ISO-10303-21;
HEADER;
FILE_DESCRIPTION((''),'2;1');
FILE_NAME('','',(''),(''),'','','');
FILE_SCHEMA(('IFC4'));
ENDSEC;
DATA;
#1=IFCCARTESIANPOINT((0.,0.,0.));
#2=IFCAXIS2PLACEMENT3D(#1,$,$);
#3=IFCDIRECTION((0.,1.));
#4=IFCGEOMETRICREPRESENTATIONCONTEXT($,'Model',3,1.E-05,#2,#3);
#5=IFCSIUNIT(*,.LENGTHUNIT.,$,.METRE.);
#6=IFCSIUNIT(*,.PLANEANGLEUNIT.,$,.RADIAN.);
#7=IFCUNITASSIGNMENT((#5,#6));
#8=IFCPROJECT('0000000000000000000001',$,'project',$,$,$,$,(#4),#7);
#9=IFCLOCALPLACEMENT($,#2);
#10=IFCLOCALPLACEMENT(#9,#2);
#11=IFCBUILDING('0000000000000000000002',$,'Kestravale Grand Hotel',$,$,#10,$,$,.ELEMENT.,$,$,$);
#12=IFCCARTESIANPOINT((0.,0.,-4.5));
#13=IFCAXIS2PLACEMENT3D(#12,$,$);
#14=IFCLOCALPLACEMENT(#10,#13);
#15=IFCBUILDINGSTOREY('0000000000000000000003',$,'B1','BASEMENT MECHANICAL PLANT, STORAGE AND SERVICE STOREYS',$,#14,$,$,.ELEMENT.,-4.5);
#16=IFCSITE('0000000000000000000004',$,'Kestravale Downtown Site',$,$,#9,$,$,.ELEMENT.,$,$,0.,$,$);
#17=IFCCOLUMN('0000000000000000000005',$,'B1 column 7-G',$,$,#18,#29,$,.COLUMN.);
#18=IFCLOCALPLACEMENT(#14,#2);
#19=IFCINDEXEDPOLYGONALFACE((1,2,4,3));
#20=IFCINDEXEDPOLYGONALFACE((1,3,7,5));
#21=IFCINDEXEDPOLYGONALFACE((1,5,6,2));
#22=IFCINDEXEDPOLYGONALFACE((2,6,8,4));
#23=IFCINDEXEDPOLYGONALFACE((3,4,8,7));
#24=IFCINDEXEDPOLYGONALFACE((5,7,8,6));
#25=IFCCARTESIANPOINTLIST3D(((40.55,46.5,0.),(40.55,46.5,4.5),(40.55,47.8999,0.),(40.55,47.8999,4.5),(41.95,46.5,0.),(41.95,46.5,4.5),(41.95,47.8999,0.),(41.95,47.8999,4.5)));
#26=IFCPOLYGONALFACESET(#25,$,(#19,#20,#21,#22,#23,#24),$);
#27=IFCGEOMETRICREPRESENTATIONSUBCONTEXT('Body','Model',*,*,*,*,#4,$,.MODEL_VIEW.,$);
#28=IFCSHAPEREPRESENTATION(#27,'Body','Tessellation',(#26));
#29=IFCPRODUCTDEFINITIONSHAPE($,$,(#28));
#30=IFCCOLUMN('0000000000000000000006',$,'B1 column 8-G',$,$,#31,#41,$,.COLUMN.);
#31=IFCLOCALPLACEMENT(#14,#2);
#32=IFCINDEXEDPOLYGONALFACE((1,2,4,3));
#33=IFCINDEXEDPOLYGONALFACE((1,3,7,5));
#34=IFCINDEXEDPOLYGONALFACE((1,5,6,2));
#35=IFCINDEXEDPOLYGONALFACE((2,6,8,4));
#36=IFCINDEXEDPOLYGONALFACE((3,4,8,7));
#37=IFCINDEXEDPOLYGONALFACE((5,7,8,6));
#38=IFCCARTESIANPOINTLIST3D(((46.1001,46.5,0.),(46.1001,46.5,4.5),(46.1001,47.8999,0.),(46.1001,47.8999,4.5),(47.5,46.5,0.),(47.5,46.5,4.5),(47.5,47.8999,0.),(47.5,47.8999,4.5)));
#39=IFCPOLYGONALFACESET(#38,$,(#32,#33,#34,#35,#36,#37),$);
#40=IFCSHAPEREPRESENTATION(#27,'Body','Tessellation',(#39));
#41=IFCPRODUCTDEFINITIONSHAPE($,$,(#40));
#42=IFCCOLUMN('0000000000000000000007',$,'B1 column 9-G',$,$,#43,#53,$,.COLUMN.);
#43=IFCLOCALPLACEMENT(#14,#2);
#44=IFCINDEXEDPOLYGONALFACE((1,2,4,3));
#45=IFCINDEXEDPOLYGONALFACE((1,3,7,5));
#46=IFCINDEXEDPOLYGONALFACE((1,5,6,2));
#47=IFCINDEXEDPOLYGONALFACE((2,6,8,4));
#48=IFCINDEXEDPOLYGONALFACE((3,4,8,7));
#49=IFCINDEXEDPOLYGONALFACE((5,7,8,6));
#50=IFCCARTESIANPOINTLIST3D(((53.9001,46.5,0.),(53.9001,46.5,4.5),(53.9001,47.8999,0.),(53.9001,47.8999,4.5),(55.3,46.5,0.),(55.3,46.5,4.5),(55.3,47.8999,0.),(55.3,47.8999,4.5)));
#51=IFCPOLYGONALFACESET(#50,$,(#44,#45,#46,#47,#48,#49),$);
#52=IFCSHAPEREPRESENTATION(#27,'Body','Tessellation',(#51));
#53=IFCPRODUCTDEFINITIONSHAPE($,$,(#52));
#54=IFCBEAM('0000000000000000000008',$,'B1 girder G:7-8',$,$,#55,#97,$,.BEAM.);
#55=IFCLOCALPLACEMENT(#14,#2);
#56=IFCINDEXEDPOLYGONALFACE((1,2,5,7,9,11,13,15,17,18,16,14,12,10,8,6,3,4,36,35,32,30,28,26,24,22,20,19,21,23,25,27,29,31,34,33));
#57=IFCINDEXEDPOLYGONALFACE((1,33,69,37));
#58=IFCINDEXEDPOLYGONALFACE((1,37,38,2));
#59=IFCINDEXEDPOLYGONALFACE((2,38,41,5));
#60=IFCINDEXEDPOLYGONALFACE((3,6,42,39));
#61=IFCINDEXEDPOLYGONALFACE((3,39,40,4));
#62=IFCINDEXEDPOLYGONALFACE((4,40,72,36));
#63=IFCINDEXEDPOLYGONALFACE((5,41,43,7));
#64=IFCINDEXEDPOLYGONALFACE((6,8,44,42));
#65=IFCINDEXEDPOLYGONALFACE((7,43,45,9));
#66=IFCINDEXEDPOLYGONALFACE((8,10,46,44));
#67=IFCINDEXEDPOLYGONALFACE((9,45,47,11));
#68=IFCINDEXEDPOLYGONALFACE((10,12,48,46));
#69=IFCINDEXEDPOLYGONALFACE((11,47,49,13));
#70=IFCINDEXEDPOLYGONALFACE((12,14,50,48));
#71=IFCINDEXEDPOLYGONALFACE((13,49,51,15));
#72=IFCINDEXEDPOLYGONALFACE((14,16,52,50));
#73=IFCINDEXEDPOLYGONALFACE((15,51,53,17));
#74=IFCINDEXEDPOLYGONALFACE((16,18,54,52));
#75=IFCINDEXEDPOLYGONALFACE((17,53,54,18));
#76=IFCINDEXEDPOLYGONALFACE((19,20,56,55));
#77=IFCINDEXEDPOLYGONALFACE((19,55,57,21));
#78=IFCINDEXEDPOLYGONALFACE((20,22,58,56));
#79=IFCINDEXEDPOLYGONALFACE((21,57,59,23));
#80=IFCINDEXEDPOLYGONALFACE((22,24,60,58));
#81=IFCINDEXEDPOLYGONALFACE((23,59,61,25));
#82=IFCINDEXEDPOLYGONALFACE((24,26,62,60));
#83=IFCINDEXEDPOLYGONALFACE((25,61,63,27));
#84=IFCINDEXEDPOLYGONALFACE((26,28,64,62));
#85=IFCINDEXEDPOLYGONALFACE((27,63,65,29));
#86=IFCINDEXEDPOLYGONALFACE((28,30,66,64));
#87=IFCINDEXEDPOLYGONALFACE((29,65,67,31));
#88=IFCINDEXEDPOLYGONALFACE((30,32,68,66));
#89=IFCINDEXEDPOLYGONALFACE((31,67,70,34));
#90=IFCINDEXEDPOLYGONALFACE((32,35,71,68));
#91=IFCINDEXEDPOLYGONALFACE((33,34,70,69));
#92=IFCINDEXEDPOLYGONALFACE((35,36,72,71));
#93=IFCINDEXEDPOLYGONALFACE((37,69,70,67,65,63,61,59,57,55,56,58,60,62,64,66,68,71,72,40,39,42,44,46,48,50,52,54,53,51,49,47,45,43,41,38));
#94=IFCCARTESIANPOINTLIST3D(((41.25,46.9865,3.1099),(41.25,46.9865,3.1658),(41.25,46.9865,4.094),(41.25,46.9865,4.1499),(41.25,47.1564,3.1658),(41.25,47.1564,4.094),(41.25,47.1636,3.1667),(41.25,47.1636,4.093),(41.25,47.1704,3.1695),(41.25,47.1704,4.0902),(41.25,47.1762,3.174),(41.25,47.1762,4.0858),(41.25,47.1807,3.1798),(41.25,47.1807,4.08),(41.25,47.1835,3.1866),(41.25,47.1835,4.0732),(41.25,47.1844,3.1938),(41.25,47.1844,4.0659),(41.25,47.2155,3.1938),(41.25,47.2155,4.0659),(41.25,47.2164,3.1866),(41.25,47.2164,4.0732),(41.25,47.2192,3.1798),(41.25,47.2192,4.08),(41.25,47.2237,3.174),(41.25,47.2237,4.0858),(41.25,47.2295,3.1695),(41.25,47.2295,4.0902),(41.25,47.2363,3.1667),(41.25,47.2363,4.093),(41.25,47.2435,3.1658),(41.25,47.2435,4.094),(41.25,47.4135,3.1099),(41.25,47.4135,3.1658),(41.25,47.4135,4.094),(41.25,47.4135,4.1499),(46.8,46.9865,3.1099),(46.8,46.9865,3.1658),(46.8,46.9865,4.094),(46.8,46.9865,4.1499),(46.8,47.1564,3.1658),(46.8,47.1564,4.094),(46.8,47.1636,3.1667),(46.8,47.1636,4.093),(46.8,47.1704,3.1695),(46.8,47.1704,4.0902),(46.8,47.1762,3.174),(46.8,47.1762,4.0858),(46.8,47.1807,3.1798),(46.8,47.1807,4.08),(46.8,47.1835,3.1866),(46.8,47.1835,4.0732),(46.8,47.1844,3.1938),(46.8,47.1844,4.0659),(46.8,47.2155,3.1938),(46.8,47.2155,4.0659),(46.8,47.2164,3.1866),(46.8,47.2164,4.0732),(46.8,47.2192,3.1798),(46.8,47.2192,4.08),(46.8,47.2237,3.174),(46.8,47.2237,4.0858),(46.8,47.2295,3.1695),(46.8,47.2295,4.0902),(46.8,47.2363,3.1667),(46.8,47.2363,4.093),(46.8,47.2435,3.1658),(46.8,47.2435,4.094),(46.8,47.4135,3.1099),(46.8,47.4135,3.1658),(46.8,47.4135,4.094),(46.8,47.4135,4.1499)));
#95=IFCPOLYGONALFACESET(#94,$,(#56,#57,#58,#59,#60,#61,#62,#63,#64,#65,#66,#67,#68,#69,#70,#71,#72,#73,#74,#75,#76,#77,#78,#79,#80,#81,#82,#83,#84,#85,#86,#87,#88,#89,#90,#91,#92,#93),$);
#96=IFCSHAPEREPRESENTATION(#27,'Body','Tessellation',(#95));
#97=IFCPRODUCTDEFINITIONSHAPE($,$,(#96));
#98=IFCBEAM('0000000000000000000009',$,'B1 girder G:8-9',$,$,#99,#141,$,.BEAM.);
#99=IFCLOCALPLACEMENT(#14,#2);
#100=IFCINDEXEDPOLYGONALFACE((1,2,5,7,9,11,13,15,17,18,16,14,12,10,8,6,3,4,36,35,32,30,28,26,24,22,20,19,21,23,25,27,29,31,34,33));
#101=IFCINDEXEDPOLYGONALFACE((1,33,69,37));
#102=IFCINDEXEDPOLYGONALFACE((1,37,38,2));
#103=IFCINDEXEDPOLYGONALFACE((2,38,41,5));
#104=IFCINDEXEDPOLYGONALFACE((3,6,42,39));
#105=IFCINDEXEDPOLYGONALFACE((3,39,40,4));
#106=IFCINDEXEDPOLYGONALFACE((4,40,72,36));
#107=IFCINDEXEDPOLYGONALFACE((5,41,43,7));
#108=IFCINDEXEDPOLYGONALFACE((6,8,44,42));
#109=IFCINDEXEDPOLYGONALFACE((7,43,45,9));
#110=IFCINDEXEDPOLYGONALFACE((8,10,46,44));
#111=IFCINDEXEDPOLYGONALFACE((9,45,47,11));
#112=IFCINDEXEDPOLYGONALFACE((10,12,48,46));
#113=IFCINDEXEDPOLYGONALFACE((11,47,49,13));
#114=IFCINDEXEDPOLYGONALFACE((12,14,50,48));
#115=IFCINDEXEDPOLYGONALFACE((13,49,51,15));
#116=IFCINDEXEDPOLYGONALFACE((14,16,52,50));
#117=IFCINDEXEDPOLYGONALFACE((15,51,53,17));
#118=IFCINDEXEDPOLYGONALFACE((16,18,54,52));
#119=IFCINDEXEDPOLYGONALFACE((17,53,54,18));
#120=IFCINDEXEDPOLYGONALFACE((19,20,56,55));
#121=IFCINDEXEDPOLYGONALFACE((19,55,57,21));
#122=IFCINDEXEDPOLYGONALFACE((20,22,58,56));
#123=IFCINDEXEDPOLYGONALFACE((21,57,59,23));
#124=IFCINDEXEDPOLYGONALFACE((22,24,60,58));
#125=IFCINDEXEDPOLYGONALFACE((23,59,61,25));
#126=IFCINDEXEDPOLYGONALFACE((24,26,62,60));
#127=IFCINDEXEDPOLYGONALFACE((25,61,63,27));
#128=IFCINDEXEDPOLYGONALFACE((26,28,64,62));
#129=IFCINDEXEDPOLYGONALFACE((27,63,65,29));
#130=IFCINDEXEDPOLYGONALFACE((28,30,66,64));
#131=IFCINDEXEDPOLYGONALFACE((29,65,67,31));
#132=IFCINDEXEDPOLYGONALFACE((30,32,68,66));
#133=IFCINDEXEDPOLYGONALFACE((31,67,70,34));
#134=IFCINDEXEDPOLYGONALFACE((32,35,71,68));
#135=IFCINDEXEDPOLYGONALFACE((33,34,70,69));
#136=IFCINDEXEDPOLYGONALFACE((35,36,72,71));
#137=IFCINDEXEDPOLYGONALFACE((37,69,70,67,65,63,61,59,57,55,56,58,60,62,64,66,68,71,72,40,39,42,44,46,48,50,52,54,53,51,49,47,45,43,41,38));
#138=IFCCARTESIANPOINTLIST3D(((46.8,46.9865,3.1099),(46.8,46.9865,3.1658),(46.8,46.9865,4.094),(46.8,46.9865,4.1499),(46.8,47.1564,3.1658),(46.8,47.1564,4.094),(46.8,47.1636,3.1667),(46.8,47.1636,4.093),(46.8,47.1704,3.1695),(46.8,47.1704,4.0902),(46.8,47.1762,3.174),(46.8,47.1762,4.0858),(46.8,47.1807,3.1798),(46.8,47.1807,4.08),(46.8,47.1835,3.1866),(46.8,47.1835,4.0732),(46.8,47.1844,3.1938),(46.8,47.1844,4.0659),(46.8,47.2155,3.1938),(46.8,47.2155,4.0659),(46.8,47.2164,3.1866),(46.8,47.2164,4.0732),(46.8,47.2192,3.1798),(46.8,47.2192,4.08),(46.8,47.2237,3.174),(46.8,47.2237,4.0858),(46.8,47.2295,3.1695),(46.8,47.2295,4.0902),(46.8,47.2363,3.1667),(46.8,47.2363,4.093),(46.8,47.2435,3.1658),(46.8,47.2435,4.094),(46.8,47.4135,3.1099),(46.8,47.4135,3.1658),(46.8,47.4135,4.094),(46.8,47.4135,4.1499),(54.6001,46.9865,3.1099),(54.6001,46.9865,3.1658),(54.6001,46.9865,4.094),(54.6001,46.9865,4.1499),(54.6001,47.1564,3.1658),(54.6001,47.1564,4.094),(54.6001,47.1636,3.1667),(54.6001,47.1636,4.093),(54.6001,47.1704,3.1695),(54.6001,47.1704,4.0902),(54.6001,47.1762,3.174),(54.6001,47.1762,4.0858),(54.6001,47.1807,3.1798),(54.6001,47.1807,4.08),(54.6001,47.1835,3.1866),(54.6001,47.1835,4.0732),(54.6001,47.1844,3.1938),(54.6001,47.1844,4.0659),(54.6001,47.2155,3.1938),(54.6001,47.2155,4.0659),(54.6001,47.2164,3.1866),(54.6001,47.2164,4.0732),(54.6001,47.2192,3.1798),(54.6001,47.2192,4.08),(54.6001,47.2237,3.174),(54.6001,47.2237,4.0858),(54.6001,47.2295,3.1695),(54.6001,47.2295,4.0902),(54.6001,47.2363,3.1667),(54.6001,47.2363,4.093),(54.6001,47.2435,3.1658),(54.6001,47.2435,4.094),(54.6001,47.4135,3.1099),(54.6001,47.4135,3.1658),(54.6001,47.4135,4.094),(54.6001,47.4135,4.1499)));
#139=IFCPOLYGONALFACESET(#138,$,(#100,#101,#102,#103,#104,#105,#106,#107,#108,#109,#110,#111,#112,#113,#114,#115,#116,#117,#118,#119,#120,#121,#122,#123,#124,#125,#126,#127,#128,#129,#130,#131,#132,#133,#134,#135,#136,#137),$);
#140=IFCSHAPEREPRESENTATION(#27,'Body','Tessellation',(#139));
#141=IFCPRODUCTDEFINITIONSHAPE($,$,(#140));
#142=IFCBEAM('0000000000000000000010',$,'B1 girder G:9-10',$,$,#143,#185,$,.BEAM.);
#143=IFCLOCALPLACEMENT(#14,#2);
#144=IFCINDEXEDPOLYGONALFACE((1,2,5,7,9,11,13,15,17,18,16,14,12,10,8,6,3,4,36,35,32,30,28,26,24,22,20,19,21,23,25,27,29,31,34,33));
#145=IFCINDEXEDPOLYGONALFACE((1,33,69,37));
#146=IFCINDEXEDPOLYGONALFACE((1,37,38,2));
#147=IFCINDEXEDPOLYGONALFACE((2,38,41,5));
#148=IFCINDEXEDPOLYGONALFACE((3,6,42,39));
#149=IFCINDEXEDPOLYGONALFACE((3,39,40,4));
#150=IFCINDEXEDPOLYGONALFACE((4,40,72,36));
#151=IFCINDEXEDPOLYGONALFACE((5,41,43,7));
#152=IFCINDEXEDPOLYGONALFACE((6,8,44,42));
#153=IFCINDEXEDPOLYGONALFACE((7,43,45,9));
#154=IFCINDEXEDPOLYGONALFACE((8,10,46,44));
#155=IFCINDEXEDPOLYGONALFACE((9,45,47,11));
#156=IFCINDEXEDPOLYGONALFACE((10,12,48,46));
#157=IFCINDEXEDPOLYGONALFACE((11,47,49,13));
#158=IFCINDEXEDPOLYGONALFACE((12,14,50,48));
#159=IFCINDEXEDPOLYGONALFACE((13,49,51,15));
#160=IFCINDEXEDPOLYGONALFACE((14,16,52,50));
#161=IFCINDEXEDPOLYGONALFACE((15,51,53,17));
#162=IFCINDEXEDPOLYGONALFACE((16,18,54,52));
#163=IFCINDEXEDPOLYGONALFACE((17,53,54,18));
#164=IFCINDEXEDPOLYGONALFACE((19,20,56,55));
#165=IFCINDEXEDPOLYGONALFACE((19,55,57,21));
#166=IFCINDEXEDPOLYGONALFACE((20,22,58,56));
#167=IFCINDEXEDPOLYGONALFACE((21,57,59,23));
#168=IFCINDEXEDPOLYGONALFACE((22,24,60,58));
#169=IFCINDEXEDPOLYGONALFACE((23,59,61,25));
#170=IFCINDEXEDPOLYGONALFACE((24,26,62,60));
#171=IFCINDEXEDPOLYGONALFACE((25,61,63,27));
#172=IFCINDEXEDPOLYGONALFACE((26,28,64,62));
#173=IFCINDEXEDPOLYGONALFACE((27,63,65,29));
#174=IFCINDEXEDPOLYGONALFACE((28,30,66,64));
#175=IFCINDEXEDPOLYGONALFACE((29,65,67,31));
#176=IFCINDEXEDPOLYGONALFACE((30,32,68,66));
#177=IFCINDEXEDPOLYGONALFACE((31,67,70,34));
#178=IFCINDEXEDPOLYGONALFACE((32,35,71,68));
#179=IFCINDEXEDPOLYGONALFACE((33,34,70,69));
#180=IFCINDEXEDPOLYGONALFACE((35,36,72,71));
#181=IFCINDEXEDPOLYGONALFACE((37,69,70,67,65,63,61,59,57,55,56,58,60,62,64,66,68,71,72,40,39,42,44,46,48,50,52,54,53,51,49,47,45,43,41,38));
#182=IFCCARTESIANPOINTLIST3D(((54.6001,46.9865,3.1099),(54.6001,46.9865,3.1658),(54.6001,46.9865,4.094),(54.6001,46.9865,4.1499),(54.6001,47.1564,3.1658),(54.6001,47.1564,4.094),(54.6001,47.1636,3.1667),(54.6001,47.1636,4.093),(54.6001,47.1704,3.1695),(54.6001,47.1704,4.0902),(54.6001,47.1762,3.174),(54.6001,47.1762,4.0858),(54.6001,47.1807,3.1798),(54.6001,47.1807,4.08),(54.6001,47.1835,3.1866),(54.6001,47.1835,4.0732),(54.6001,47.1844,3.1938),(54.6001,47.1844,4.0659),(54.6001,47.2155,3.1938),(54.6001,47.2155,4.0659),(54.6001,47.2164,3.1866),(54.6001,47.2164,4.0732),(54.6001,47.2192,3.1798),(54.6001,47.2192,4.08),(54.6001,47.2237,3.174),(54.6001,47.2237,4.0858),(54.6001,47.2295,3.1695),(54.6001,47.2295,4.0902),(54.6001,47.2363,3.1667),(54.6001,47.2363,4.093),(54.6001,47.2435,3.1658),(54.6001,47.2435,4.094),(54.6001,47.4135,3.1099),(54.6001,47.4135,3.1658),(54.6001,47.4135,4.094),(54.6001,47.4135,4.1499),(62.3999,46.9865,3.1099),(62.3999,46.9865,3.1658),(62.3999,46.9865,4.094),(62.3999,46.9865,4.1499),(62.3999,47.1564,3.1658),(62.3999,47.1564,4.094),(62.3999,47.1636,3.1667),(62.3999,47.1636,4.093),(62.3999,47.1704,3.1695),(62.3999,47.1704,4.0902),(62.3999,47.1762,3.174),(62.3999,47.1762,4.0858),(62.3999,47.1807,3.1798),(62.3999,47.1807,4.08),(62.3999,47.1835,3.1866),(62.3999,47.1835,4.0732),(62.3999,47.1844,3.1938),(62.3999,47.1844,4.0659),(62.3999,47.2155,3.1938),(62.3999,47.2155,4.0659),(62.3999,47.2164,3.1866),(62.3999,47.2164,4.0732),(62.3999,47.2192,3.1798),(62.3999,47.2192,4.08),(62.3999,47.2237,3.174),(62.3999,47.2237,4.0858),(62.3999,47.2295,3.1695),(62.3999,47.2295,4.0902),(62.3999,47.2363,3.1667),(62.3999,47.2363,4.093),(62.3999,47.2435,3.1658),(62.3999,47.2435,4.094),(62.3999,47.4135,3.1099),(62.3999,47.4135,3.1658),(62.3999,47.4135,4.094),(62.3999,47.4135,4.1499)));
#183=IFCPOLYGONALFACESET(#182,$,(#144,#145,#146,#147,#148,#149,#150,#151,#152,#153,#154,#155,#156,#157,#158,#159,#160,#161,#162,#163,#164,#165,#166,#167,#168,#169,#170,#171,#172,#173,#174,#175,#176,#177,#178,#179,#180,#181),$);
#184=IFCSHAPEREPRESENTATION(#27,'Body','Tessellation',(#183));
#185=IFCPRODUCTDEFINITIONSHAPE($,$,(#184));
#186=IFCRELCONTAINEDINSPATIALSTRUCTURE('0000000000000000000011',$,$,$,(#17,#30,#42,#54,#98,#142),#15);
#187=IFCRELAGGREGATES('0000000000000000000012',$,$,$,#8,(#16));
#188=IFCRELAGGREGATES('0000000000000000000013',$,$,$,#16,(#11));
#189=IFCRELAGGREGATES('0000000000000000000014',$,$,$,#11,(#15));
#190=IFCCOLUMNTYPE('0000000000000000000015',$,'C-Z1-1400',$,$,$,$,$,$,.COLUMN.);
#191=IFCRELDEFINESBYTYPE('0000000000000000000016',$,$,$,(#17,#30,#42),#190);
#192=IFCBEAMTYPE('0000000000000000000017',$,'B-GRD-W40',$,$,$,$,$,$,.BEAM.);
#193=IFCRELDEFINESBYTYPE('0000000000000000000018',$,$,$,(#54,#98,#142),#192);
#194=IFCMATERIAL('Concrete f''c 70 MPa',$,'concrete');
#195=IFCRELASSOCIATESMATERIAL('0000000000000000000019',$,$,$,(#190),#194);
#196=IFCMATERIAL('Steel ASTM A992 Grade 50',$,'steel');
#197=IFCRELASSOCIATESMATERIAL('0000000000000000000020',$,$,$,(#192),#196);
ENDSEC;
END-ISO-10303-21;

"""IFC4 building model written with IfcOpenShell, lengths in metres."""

from ifc_helpers import new_model, si_unit, direction, frame, origin, origin_2d, place, context, subcontext, project, spatial, rectangle, i_section, extrude, material, material_profile, profile_set, type_object, element, save


model = new_model("IFC4")

# Units and contexts
model_context = context("Model", 3, precision=1e-05, world=origin(), true_north=direction((0.0, 1.0)))
body_context = subcontext(model_context, "Body", "Model", "MODEL_VIEW")
ifc_project = project(units=[si_unit("LENGTHUNIT", "METRE"), si_unit("PLANEANGLEUNIT", "RADIAN")], contexts=[model_context])

# Site, building, storey
site_placement = place(None, origin())
site = spatial("IfcSite", under=ifc_project, at=site_placement, Name="Kestravale Downtown Site", CompositionType="ELEMENT", RefElevation=0.0)
building_placement = place(site_placement, origin())
building = spatial("IfcBuilding", under=site, at=building_placement, Name="Kestravale Grand Hotel", CompositionType="ELEMENT")
storey_placement = place(building_placement, frame((0.0, 0.0, -4.5)))
storey = spatial("IfcBuildingStorey", under=building, at=storey_placement, Name="B1", Description="BASEMENT MECHANICAL PLANT, STORAGE AND SERVICE STOREYS", CompositionType="ELEMENT", Elevation=-4.5)

# Columns
ifc_material_1 = material(Name="Concrete f'c 70 MPa", Category="concrete")
ifc_material_profile_1 = material_profile(ifc_material_1, rectangle(XDim=1.3999, YDim=1.3999, at=origin_2d()))
ifc_profile_set_1 = profile_set([ifc_material_profile_1], Name="Concrete f'c 70 MPa")
column_type = type_object("IfcColumnType", Name="C-Z1-1400", PredefinedType="COLUMN", material=ifc_profile_set_1)
for number, where, z_axis, x_axis, name in (
    (1, (41.25, 47.2, 0.0), (0.0, 0.0, 1.0), (1.0, 0.0, 0.0), "B1 column 7-G"),
    (2, (46.8, 47.2, 0.0), (0.0, 0.0, 1.0), (1.0, 0.0, 0.0), "B1 column 8-G"),
    (3, (54.6001, 47.2, 0.0), (0.0, 0.0, 1.0), (1.0, 0.0, 0.0), "B1 column 9-G"),
):
    element("IfcColumn", number, at=place(storey_placement, frame(where, z_axis=z_axis, x_axis=x_axis)), inside=storey, type_object=column_type, Name=name, PredefinedType="COLUMN", context=body_context, shape_type="SweptSolid", body=[
        extrude(rectangle(XDim=1.3999, YDim=1.3999, at=origin_2d()), origin(), (0.0, 0.0, 1.0), 4.5),
    ])

# Beams
ifc_material_2 = material(Name="Steel ASTM A992 Grade 50", Category="steel")
ifc_material_profile_2 = material_profile(ifc_material_2, i_section(OverallWidth=0.427, OverallDepth=1.04, WebThickness=0.031, FlangeThickness=0.0559, FilletRadius=0.0281, at=origin_2d()))
ifc_profile_set_2 = profile_set([ifc_material_profile_2], Name="Steel ASTM A992 Grade 50")
beam_type = type_object("IfcBeamType", Name="B-GRD-W40", PredefinedType="BEAM", material=ifc_profile_set_2)
beam_1_placement = place(storey_placement, frame((41.25, 47.2, 3.6299), z_axis=(1.0, 0.0, 0.0), x_axis=(0.0, 1.0, 0.0)))
element("IfcBeam", 4, at=beam_1_placement, inside=storey, type_object=beam_type, Name="B1 girder G:7-8", PredefinedType="BEAM", context=body_context, shape_type="SweptSolid", body=[
    extrude(i_section(OverallWidth=0.427, OverallDepth=1.04, WebThickness=0.031, FlangeThickness=0.0559, FilletRadius=0.0281, at=origin_2d()), origin(), (0.0, 0.0, 1.0), 5.55),
])
beam_2_placement = place(storey_placement, frame((46.8, 47.2, 3.6299), z_axis=(1.0, 0.0, 0.0), x_axis=(0.0, 1.0, 0.0)))
element("IfcBeam", 5, at=beam_2_placement, inside=storey, type_object=beam_type, Name="B1 girder G:8-9", PredefinedType="BEAM", context=body_context, shape_type="SweptSolid", body=[
    extrude(i_section(OverallWidth=0.427, OverallDepth=1.04, WebThickness=0.031, FlangeThickness=0.0559, FilletRadius=0.0281, at=origin_2d()), origin(), (0.0, 0.0, 1.0), 7.8),
])
beam_3_placement = place(storey_placement, frame((54.6001, 47.2, 3.6299), z_axis=(1.0, 0.0, 0.0), x_axis=(0.0, 1.0, 0.0)))
element("IfcBeam", 6, at=beam_3_placement, inside=storey, type_object=beam_type, Name="B1 girder G:9-10", PredefinedType="BEAM", context=body_context, shape_type="SweptSolid", body=[
    extrude(i_section(OverallWidth=0.427, OverallDepth=1.04, WebThickness=0.031, FlangeThickness=0.0559, FilletRadius=0.0281, at=origin_2d()), origin(), (0.0, 0.0, 1.0), 7.7998),
])

save(model, "model.ifc")
